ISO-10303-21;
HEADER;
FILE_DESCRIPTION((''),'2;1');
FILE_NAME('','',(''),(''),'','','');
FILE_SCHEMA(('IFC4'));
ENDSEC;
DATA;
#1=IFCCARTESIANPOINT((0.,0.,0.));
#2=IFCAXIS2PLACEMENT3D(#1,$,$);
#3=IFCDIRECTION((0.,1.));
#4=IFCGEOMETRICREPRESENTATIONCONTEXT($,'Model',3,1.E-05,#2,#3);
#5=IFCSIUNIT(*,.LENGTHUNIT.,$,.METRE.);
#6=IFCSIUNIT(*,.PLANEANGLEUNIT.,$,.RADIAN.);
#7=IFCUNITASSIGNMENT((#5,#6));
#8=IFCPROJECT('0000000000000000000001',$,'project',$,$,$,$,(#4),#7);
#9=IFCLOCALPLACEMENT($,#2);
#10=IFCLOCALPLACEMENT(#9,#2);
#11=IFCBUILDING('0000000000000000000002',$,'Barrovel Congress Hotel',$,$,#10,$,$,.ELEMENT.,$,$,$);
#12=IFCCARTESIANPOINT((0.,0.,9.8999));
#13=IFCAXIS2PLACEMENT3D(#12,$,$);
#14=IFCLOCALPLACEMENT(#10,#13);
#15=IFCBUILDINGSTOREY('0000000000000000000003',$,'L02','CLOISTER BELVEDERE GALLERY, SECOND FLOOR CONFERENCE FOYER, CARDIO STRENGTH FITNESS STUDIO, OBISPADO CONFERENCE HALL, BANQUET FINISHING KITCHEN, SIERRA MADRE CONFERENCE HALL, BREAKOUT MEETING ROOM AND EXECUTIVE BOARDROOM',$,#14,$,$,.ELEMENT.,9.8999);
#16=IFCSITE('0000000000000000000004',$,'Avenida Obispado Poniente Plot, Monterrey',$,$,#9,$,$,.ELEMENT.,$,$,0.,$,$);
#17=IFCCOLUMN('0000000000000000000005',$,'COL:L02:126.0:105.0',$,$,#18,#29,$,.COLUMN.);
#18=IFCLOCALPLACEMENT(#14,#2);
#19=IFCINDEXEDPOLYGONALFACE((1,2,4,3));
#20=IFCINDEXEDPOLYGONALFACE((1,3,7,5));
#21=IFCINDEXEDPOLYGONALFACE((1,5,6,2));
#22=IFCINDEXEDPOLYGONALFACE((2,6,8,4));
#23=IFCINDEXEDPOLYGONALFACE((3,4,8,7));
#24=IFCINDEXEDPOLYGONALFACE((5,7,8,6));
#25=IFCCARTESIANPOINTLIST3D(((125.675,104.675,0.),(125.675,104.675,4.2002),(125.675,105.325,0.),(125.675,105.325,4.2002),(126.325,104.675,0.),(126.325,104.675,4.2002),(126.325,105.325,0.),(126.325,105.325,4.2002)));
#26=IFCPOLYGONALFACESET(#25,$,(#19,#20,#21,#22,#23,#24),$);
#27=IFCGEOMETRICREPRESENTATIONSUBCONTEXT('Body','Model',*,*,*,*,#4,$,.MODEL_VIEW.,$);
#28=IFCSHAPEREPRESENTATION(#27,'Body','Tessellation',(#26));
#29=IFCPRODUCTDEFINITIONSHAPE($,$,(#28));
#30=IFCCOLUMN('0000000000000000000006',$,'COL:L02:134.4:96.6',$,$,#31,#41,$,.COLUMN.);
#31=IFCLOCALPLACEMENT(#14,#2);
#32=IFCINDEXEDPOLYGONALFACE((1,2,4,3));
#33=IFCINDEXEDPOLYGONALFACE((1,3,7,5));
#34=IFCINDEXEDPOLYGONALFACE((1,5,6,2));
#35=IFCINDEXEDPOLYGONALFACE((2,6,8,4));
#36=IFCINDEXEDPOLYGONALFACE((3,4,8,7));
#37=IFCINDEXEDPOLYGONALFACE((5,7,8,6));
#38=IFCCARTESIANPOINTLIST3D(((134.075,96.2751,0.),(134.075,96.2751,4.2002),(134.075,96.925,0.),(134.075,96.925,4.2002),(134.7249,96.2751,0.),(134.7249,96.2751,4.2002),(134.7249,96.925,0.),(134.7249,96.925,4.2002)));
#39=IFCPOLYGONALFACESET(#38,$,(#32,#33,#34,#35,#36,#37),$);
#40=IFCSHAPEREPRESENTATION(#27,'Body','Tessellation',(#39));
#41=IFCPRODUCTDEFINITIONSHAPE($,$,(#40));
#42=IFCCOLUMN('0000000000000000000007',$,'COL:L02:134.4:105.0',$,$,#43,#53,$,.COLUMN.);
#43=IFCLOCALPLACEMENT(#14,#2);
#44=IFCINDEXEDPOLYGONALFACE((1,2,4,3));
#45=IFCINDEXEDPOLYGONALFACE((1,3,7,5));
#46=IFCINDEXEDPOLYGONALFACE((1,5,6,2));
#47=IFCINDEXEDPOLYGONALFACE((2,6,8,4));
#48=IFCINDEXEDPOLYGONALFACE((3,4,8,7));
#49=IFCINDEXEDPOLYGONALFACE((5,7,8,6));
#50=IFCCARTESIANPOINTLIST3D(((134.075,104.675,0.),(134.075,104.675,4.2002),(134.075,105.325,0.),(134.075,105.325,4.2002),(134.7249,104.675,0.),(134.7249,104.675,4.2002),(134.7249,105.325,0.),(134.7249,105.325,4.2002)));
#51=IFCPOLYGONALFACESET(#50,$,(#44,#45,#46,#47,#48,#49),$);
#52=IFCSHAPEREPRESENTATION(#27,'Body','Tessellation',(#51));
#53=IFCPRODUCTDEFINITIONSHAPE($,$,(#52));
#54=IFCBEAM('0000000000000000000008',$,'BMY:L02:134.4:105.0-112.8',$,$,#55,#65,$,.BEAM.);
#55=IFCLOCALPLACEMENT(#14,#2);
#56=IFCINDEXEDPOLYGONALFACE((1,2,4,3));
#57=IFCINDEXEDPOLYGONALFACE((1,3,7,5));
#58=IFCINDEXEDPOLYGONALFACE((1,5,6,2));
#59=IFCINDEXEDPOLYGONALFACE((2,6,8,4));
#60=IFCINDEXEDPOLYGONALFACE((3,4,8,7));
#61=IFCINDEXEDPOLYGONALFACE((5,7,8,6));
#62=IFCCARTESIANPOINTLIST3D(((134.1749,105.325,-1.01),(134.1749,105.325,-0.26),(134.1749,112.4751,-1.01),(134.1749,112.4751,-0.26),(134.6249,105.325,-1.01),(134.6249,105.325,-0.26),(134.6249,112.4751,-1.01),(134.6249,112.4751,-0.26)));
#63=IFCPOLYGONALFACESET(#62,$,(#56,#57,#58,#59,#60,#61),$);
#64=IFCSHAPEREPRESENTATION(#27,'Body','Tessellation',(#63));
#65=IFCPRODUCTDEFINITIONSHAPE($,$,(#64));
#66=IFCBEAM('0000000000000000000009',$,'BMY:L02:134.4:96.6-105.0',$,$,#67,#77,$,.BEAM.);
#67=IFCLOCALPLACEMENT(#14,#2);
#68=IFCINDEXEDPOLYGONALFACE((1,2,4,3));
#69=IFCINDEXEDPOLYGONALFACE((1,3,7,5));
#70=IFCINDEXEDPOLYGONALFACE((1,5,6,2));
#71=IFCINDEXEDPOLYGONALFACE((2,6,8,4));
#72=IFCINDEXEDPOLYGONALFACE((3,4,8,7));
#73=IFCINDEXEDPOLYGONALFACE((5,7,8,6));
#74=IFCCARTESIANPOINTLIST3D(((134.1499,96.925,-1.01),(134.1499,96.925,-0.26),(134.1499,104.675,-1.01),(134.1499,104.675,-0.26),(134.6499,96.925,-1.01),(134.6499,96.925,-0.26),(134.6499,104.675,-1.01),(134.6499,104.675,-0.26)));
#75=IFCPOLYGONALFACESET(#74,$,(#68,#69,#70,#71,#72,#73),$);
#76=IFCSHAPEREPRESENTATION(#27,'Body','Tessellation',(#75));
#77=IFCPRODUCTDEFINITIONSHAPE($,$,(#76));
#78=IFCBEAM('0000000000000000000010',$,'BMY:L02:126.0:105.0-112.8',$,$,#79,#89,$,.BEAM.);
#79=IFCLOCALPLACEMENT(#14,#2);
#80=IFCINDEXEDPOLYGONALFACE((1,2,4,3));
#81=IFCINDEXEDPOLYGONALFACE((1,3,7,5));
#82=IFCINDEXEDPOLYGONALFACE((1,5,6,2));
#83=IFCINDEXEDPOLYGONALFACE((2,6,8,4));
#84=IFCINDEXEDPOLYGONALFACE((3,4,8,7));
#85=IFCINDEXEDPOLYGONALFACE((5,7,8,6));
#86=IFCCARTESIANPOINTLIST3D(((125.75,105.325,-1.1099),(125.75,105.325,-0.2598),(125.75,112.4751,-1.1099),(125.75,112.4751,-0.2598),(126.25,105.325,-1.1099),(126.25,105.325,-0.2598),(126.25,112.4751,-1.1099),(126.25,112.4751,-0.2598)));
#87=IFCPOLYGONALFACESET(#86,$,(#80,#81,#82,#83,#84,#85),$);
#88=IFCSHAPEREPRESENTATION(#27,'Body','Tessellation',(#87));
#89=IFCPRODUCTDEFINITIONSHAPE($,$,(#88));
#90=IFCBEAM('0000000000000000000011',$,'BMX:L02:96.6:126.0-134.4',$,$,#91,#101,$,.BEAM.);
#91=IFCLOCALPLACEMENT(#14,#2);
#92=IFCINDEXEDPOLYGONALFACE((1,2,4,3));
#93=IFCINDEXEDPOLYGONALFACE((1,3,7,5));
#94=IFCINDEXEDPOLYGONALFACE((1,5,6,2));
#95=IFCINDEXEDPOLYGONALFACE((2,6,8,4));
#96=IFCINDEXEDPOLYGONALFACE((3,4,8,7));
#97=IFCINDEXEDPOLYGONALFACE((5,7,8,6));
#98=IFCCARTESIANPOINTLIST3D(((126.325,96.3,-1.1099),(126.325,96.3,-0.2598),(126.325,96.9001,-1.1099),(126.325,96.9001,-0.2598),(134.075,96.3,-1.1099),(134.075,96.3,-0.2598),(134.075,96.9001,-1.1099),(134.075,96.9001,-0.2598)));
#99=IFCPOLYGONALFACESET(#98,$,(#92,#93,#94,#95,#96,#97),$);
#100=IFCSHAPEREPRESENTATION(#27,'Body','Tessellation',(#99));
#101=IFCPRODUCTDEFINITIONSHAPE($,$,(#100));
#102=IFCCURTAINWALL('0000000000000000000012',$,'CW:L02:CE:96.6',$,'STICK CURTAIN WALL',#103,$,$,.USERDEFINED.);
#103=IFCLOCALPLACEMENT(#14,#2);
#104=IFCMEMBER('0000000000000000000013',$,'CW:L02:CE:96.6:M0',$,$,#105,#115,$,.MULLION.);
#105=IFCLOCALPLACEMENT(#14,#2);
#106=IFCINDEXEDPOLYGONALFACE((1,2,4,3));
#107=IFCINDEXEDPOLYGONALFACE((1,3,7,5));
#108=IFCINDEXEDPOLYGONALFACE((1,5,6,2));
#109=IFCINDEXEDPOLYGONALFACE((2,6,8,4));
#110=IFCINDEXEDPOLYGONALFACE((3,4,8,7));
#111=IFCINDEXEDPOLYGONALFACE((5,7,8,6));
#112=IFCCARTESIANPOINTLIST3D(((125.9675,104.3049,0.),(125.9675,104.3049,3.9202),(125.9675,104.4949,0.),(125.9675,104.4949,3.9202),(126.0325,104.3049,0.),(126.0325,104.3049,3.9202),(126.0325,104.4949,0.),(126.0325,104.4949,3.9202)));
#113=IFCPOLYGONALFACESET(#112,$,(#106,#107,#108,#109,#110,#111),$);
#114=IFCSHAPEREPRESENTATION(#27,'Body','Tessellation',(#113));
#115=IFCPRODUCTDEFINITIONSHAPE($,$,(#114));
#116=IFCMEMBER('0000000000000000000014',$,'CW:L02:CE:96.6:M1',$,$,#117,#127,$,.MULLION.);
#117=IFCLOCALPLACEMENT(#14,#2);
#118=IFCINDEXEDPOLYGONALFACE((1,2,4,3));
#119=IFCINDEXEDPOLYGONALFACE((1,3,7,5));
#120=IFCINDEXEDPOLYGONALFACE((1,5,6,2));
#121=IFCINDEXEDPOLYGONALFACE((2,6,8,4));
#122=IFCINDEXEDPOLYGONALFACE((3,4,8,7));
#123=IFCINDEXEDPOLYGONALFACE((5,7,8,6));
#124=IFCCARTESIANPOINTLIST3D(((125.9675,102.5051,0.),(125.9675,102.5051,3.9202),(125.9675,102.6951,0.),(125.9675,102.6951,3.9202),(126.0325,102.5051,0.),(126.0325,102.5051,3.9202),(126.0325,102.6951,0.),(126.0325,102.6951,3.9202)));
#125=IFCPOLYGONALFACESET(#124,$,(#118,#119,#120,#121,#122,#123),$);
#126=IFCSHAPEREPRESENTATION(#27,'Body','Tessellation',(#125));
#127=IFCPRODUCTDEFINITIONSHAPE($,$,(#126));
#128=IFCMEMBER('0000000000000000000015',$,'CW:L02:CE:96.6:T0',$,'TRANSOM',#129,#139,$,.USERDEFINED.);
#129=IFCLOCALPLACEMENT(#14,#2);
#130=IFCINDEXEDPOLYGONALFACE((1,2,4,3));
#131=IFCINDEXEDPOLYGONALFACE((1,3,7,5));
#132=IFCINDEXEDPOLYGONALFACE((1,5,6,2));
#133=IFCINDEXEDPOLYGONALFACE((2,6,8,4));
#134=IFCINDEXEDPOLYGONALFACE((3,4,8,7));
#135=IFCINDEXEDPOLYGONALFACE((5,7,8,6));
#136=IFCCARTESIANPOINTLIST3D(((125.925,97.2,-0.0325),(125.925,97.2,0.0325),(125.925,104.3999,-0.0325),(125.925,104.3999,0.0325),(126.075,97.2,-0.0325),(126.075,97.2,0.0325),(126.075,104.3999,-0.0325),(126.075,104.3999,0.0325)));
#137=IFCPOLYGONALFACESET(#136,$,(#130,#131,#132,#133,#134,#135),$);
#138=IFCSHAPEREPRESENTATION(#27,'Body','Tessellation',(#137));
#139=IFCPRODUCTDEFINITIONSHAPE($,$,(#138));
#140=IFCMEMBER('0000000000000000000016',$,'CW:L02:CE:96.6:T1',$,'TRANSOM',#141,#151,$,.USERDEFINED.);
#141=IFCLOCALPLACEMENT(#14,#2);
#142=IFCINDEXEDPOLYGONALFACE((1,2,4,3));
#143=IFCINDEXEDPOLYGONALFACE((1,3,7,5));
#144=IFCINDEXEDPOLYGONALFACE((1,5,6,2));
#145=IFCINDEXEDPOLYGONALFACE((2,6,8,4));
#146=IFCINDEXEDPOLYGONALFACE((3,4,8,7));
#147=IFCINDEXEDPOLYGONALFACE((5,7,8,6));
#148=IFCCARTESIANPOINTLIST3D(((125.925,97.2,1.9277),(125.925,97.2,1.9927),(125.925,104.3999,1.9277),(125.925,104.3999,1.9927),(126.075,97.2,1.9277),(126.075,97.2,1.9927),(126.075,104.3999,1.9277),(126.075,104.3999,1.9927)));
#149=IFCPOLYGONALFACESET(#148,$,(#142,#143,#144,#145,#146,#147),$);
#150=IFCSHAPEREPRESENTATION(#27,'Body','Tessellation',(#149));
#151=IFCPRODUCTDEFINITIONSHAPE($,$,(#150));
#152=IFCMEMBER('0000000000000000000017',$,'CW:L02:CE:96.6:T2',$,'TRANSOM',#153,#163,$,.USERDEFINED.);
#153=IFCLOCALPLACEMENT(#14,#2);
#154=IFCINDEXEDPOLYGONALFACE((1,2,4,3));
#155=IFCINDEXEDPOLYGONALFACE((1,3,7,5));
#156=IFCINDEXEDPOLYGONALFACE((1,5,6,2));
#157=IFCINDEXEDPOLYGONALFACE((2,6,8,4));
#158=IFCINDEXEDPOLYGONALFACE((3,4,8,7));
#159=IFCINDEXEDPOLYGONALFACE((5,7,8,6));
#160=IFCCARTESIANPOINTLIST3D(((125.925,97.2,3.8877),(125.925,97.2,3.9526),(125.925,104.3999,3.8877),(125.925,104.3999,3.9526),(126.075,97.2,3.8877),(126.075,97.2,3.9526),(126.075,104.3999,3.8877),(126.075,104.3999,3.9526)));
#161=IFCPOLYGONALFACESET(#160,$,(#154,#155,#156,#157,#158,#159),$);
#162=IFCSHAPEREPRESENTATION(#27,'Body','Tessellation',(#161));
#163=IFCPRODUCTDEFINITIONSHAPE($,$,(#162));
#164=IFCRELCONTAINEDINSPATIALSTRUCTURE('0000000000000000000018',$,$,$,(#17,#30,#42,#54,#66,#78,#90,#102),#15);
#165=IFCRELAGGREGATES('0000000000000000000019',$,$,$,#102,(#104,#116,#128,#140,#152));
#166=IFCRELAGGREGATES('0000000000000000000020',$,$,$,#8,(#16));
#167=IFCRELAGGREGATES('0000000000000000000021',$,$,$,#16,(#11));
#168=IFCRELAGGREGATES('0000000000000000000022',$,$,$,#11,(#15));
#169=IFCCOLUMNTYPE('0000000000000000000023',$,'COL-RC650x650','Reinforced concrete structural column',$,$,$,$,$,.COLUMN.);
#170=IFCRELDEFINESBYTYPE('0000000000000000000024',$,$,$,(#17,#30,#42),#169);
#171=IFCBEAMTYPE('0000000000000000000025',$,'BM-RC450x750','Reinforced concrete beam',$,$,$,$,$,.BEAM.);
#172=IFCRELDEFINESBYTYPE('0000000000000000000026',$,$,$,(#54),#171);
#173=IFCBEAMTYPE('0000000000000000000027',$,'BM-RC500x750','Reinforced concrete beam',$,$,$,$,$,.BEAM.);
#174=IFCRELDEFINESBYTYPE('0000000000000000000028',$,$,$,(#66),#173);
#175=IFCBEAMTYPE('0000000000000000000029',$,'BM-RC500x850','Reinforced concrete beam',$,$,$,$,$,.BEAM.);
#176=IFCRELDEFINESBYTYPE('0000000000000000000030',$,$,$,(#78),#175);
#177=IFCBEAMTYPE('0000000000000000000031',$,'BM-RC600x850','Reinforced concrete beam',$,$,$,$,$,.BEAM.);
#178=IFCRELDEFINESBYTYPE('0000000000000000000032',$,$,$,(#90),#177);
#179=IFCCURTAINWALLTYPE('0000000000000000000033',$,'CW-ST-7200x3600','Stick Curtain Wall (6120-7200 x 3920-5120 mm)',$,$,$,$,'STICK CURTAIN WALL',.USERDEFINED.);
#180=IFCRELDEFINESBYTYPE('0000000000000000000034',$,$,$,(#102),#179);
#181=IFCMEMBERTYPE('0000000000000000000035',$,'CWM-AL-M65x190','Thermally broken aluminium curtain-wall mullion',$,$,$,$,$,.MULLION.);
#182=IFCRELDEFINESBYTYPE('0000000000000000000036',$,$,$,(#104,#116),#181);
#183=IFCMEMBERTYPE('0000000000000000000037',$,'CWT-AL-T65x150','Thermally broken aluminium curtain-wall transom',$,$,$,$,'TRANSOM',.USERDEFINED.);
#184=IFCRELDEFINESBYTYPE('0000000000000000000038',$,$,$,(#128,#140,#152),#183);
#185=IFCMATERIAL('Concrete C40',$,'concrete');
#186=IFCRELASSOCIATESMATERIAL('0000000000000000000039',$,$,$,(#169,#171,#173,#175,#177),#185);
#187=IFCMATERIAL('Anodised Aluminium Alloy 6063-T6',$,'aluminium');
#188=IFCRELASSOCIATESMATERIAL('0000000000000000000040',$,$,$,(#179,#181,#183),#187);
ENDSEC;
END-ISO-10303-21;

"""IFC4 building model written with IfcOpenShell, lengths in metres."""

from ifc_helpers import new_model, si_unit, direction, frame, origin, origin_2d, place, context, subcontext, project, spatial, rectangle, extrude, material, material_profile, profile_set, type_object, element, aggregate, save


model = new_model("IFC4")

# Units and contexts
model_context = context("Model", 3, precision=1e-05, world=origin(), true_north=direction((0.0, 1.0)))
body_context = subcontext(model_context, "Body", "Model", "MODEL_VIEW")
ifc_project = project(units=[si_unit("LENGTHUNIT", "METRE"), si_unit("PLANEANGLEUNIT", "RADIAN")], contexts=[model_context])

# Site, building, storey
site_placement = place(None, origin())
site = spatial("IfcSite", under=ifc_project, at=site_placement, Name="Avenida Obispado Poniente Plot, Monterrey", CompositionType="ELEMENT", RefElevation=0.0)
building_placement = place(site_placement, origin())
building = spatial("IfcBuilding", under=site, at=building_placement, Name="Barrovel Congress Hotel", CompositionType="ELEMENT")
storey_placement = place(building_placement, frame((0.0, 0.0, 9.8999)))
storey = spatial("IfcBuildingStorey", under=building, at=storey_placement, Name="L02", Description="CLOISTER BELVEDERE GALLERY, SECOND FLOOR CONFERENCE FOYER, CARDIO STRENGTH FITNESS STUDIO, OBISPADO CONFERENCE HALL, BANQUET FINISHING KITCHEN, SIERRA MADRE CONFERENCE HALL, BREAKOUT MEETING ROOM AND EXECUTIVE BOARDROOM", CompositionType="ELEMENT", Elevation=9.8999)

# Columns
ifc_material_1 = material(Name="Concrete C40", Category="concrete")
ifc_material_profile_1 = material_profile(ifc_material_1, rectangle(XDim=0.6499, YDim=0.6499, at=origin_2d()), Name="RC650x650")
ifc_profile_set_1 = profile_set([ifc_material_profile_1], Name="Concrete C40")
column_type = type_object("IfcColumnType", Name="COL-RC650x650", Description="Reinforced concrete structural column", PredefinedType="COLUMN", material=ifc_profile_set_1)
for number, where, z_axis, x_axis, name in (
    (1, (126.0, 105.0, 0.0), (0.0, 0.0, 1.0), (1.0, 0.0, 0.0), "COL:L02:126.0:105.0"),
    (2, (134.3999, 96.6001, 0.0), (0.0, 0.0, 1.0), (1.0, 0.0, 0.0), "COL:L02:134.4:96.6"),
    (3, (134.3999, 105.0, 0.0), (0.0, 0.0, 1.0), (1.0, 0.0, 0.0), "COL:L02:134.4:105.0"),
):
    element("IfcColumn", number, at=place(storey_placement, frame(where, z_axis=z_axis, x_axis=x_axis)), inside=storey, type_object=column_type, Name=name, PredefinedType="COLUMN", context=body_context, shape_type="SweptSolid", body=[
        extrude(rectangle(XDim=0.6499, YDim=0.6499, at=origin_2d()), origin(), (0.0, 0.0, 1.0), 4.2002),
    ])

# Beams
ifc_material_profile_2 = material_profile(ifc_material_1, rectangle(XDim=0.45, YDim=0.75, at=origin_2d()), Name="RC450x750")
ifc_profile_set_2 = profile_set([ifc_material_profile_2], Name="Concrete C40")
beam_type_1 = type_object("IfcBeamType", Name="BM-RC450x750", Description="Reinforced concrete beam", PredefinedType="BEAM", material=ifc_profile_set_2)
beam_1_placement = place(storey_placement, frame((134.3999, 105.325, -0.635), z_axis=(0.0, 1.0, 0.0), x_axis=(-1.0, 0.0, 0.0)))
element("IfcBeam", 4, at=beam_1_placement, inside=storey, type_object=beam_type_1, Name="BMY:L02:134.4:105.0-112.8", PredefinedType="BEAM", context=body_context, shape_type="SweptSolid", body=[
    extrude(rectangle(XDim=0.45, YDim=0.75, at=origin_2d()), origin(), (0.0, 0.0, 1.0), 7.1501),
])
ifc_material_profile_3 = material_profile(ifc_material_1, rectangle(XDim=0.5, YDim=0.75, at=origin_2d()), Name="RC500x750")
ifc_profile_set_3 = profile_set([ifc_material_profile_3], Name="Concrete C40")
beam_type_2 = type_object("IfcBeamType", Name="BM-RC500x750", Description="Reinforced concrete beam", PredefinedType="BEAM", material=ifc_profile_set_3)
beam_2_placement = place(storey_placement, frame((134.3999, 96.925, -0.635), z_axis=(0.0, 1.0, 0.0), x_axis=(-1.0, 0.0, 0.0)))
element("IfcBeam", 5, at=beam_2_placement, inside=storey, type_object=beam_type_2, Name="BMY:L02:134.4:96.6-105.0", PredefinedType="BEAM", context=body_context, shape_type="SweptSolid", body=[
    extrude(rectangle(XDim=0.5, YDim=0.75, at=origin_2d()), origin(), (0.0, 0.0, 1.0), 7.75),
])
ifc_material_profile_4 = material_profile(ifc_material_1, rectangle(XDim=0.5, YDim=0.8501, at=origin_2d()), Name="RC500x850")
ifc_profile_set_4 = profile_set([ifc_material_profile_4], Name="Concrete C40")
beam_type_3 = type_object("IfcBeamType", Name="BM-RC500x850", Description="Reinforced concrete beam", PredefinedType="BEAM", material=ifc_profile_set_4)
beam_3_placement = place(storey_placement, frame((126.0, 105.325, -0.6848), z_axis=(0.0, 1.0, 0.0), x_axis=(-1.0, 0.0, 0.0)))
element("IfcBeam", 6, at=beam_3_placement, inside=storey, type_object=beam_type_3, Name="BMY:L02:126.0:105.0-112.8", PredefinedType="BEAM", context=body_context, shape_type="SweptSolid", body=[
    extrude(rectangle(XDim=0.5, YDim=0.8501, at=origin_2d()), origin(), (0.0, 0.0, 1.0), 7.1501),
])
ifc_material_profile_5 = material_profile(ifc_material_1, rectangle(XDim=0.6001, YDim=0.8501, at=origin_2d()), Name="RC600x850")
ifc_profile_set_5 = profile_set([ifc_material_profile_5], Name="Concrete C40")
beam_type_4 = type_object("IfcBeamType", Name="BM-RC600x850", Description="Reinforced concrete beam", PredefinedType="BEAM", material=ifc_profile_set_5)
beam_4_placement = place(storey_placement, frame((126.325, 96.6001, -0.6848), z_axis=(1.0, 0.0, 0.0), x_axis=(0.0, 1.0, 0.0)))
element("IfcBeam", 7, at=beam_4_placement, inside=storey, type_object=beam_type_4, Name="BMX:L02:96.6:126.0-134.4", PredefinedType="BEAM", context=body_context, shape_type="SweptSolid", body=[
    extrude(rectangle(XDim=0.6001, YDim=0.8501, at=origin_2d()), origin(), (0.0, 0.0, 1.0), 7.75),
])

# Curtain wall, members
ifc_material_2 = material(Name="Anodised Aluminium Alloy 6063-T6", Category="aluminium")
curtain_wall_type = type_object("IfcCurtainWallType", Name="CW-ST-7200x3600", Description="Stick Curtain Wall (6120-7200 x 3920-5120 mm)", ElementType="STICK CURTAIN WALL", PredefinedType="USERDEFINED", material=ifc_material_2)
curtain_wall_placement = place(storey_placement, origin())
curtain_wall = element("IfcCurtainWall", 8, at=curtain_wall_placement, inside=storey, type_object=curtain_wall_type, Name="CW:L02:CE:96.6", ObjectType="STICK CURTAIN WALL", PredefinedType="USERDEFINED")
ifc_material_profile_6 = material_profile(ifc_material_2, rectangle(XDim=0.0649, YDim=0.1899, at=origin_2d()), Name="AL-M65x190")
ifc_profile_set_6 = profile_set([ifc_material_profile_6], Name="Anodised Aluminium Alloy 6063-T6")
member_type_1 = type_object("IfcMemberType", Name="CWM-AL-M65x190", Description="Thermally broken aluminium curtain-wall mullion", PredefinedType="MULLION", material=ifc_profile_set_6)
member_1_placement = place(storey_placement, frame((126.0, 104.3999, 0.0), z_axis=(0.0, 0.0, 1.0), x_axis=(1.0, 0.0, 0.0)))
member_1 = element("IfcMember", 9, at=member_1_placement, type_object=member_type_1, Name="CW:L02:CE:96.6:M0", PredefinedType="MULLION", context=body_context, shape_type="SweptSolid", body=[
    extrude(rectangle(XDim=0.0649, YDim=0.1899, at=origin_2d()), origin(), (0.0, 0.0, 1.0), 3.9202),
])
member_2_placement = place(storey_placement, frame((126.0, 102.6001, 0.0), z_axis=(0.0, 0.0, 1.0), x_axis=(1.0, 0.0, 0.0)))
member_2 = element("IfcMember", 10, at=member_2_placement, type_object=member_type_1, Name="CW:L02:CE:96.6:M1", PredefinedType="MULLION", context=body_context, shape_type="SweptSolid", body=[
    extrude(rectangle(XDim=0.0649, YDim=0.1899, at=origin_2d()), origin(), (0.0, 0.0, 1.0), 3.9202),
])
ifc_material_profile_7 = material_profile(ifc_material_2, rectangle(XDim=0.1499, YDim=0.0649, at=origin_2d()), Name="AL-T65x150")
ifc_profile_set_7 = profile_set([ifc_material_profile_7], Name="Anodised Aluminium Alloy 6063-T6")
member_type_2 = type_object("IfcMemberType", Name="CWT-AL-T65x150", Description="Thermally broken aluminium curtain-wall transom", ElementType="TRANSOM", PredefinedType="USERDEFINED", material=ifc_profile_set_7)
member_3_placement = place(storey_placement, frame((126.0, 104.3999, 0.0), z_axis=(0.0, -1.0, 0.0), x_axis=(1.0, 0.0, 0.0)))
member_3 = element("IfcMember", 11, at=member_3_placement, type_object=member_type_2, Name="CW:L02:CE:96.6:T0", ObjectType="TRANSOM", PredefinedType="USERDEFINED", context=body_context, shape_type="SweptSolid", body=[
    extrude(rectangle(XDim=0.1499, YDim=0.0649, at=origin_2d()), origin(), (0.0, 0.0, 1.0), 7.2),
])
member_4_placement = place(storey_placement, frame((126.0, 104.3999, 1.9602), z_axis=(0.0, -1.0, 0.0), x_axis=(1.0, 0.0, 0.0)))
member_4 = element("IfcMember", 12, at=member_4_placement, type_object=member_type_2, Name="CW:L02:CE:96.6:T1", ObjectType="TRANSOM", PredefinedType="USERDEFINED", context=body_context, shape_type="SweptSolid", body=[
    extrude(rectangle(XDim=0.1499, YDim=0.0649, at=origin_2d()), origin(), (0.0, 0.0, 1.0), 7.2),
])
member_5_placement = place(storey_placement, frame((126.0, 104.3999, 3.9202), z_axis=(0.0, -1.0, 0.0), x_axis=(1.0, 0.0, 0.0)))
member_5 = element("IfcMember", 13, at=member_5_placement, type_object=member_type_2, Name="CW:L02:CE:96.6:T2", ObjectType="TRANSOM", PredefinedType="USERDEFINED", context=body_context, shape_type="SweptSolid", body=[
    extrude(rectangle(XDim=0.1499, YDim=0.0649, at=origin_2d()), origin(), (0.0, 0.0, 1.0), 7.2),
])

aggregate(curtain_wall, [member_1, member_2, member_3, member_4, member_5])

save(model, "model.ifc")
